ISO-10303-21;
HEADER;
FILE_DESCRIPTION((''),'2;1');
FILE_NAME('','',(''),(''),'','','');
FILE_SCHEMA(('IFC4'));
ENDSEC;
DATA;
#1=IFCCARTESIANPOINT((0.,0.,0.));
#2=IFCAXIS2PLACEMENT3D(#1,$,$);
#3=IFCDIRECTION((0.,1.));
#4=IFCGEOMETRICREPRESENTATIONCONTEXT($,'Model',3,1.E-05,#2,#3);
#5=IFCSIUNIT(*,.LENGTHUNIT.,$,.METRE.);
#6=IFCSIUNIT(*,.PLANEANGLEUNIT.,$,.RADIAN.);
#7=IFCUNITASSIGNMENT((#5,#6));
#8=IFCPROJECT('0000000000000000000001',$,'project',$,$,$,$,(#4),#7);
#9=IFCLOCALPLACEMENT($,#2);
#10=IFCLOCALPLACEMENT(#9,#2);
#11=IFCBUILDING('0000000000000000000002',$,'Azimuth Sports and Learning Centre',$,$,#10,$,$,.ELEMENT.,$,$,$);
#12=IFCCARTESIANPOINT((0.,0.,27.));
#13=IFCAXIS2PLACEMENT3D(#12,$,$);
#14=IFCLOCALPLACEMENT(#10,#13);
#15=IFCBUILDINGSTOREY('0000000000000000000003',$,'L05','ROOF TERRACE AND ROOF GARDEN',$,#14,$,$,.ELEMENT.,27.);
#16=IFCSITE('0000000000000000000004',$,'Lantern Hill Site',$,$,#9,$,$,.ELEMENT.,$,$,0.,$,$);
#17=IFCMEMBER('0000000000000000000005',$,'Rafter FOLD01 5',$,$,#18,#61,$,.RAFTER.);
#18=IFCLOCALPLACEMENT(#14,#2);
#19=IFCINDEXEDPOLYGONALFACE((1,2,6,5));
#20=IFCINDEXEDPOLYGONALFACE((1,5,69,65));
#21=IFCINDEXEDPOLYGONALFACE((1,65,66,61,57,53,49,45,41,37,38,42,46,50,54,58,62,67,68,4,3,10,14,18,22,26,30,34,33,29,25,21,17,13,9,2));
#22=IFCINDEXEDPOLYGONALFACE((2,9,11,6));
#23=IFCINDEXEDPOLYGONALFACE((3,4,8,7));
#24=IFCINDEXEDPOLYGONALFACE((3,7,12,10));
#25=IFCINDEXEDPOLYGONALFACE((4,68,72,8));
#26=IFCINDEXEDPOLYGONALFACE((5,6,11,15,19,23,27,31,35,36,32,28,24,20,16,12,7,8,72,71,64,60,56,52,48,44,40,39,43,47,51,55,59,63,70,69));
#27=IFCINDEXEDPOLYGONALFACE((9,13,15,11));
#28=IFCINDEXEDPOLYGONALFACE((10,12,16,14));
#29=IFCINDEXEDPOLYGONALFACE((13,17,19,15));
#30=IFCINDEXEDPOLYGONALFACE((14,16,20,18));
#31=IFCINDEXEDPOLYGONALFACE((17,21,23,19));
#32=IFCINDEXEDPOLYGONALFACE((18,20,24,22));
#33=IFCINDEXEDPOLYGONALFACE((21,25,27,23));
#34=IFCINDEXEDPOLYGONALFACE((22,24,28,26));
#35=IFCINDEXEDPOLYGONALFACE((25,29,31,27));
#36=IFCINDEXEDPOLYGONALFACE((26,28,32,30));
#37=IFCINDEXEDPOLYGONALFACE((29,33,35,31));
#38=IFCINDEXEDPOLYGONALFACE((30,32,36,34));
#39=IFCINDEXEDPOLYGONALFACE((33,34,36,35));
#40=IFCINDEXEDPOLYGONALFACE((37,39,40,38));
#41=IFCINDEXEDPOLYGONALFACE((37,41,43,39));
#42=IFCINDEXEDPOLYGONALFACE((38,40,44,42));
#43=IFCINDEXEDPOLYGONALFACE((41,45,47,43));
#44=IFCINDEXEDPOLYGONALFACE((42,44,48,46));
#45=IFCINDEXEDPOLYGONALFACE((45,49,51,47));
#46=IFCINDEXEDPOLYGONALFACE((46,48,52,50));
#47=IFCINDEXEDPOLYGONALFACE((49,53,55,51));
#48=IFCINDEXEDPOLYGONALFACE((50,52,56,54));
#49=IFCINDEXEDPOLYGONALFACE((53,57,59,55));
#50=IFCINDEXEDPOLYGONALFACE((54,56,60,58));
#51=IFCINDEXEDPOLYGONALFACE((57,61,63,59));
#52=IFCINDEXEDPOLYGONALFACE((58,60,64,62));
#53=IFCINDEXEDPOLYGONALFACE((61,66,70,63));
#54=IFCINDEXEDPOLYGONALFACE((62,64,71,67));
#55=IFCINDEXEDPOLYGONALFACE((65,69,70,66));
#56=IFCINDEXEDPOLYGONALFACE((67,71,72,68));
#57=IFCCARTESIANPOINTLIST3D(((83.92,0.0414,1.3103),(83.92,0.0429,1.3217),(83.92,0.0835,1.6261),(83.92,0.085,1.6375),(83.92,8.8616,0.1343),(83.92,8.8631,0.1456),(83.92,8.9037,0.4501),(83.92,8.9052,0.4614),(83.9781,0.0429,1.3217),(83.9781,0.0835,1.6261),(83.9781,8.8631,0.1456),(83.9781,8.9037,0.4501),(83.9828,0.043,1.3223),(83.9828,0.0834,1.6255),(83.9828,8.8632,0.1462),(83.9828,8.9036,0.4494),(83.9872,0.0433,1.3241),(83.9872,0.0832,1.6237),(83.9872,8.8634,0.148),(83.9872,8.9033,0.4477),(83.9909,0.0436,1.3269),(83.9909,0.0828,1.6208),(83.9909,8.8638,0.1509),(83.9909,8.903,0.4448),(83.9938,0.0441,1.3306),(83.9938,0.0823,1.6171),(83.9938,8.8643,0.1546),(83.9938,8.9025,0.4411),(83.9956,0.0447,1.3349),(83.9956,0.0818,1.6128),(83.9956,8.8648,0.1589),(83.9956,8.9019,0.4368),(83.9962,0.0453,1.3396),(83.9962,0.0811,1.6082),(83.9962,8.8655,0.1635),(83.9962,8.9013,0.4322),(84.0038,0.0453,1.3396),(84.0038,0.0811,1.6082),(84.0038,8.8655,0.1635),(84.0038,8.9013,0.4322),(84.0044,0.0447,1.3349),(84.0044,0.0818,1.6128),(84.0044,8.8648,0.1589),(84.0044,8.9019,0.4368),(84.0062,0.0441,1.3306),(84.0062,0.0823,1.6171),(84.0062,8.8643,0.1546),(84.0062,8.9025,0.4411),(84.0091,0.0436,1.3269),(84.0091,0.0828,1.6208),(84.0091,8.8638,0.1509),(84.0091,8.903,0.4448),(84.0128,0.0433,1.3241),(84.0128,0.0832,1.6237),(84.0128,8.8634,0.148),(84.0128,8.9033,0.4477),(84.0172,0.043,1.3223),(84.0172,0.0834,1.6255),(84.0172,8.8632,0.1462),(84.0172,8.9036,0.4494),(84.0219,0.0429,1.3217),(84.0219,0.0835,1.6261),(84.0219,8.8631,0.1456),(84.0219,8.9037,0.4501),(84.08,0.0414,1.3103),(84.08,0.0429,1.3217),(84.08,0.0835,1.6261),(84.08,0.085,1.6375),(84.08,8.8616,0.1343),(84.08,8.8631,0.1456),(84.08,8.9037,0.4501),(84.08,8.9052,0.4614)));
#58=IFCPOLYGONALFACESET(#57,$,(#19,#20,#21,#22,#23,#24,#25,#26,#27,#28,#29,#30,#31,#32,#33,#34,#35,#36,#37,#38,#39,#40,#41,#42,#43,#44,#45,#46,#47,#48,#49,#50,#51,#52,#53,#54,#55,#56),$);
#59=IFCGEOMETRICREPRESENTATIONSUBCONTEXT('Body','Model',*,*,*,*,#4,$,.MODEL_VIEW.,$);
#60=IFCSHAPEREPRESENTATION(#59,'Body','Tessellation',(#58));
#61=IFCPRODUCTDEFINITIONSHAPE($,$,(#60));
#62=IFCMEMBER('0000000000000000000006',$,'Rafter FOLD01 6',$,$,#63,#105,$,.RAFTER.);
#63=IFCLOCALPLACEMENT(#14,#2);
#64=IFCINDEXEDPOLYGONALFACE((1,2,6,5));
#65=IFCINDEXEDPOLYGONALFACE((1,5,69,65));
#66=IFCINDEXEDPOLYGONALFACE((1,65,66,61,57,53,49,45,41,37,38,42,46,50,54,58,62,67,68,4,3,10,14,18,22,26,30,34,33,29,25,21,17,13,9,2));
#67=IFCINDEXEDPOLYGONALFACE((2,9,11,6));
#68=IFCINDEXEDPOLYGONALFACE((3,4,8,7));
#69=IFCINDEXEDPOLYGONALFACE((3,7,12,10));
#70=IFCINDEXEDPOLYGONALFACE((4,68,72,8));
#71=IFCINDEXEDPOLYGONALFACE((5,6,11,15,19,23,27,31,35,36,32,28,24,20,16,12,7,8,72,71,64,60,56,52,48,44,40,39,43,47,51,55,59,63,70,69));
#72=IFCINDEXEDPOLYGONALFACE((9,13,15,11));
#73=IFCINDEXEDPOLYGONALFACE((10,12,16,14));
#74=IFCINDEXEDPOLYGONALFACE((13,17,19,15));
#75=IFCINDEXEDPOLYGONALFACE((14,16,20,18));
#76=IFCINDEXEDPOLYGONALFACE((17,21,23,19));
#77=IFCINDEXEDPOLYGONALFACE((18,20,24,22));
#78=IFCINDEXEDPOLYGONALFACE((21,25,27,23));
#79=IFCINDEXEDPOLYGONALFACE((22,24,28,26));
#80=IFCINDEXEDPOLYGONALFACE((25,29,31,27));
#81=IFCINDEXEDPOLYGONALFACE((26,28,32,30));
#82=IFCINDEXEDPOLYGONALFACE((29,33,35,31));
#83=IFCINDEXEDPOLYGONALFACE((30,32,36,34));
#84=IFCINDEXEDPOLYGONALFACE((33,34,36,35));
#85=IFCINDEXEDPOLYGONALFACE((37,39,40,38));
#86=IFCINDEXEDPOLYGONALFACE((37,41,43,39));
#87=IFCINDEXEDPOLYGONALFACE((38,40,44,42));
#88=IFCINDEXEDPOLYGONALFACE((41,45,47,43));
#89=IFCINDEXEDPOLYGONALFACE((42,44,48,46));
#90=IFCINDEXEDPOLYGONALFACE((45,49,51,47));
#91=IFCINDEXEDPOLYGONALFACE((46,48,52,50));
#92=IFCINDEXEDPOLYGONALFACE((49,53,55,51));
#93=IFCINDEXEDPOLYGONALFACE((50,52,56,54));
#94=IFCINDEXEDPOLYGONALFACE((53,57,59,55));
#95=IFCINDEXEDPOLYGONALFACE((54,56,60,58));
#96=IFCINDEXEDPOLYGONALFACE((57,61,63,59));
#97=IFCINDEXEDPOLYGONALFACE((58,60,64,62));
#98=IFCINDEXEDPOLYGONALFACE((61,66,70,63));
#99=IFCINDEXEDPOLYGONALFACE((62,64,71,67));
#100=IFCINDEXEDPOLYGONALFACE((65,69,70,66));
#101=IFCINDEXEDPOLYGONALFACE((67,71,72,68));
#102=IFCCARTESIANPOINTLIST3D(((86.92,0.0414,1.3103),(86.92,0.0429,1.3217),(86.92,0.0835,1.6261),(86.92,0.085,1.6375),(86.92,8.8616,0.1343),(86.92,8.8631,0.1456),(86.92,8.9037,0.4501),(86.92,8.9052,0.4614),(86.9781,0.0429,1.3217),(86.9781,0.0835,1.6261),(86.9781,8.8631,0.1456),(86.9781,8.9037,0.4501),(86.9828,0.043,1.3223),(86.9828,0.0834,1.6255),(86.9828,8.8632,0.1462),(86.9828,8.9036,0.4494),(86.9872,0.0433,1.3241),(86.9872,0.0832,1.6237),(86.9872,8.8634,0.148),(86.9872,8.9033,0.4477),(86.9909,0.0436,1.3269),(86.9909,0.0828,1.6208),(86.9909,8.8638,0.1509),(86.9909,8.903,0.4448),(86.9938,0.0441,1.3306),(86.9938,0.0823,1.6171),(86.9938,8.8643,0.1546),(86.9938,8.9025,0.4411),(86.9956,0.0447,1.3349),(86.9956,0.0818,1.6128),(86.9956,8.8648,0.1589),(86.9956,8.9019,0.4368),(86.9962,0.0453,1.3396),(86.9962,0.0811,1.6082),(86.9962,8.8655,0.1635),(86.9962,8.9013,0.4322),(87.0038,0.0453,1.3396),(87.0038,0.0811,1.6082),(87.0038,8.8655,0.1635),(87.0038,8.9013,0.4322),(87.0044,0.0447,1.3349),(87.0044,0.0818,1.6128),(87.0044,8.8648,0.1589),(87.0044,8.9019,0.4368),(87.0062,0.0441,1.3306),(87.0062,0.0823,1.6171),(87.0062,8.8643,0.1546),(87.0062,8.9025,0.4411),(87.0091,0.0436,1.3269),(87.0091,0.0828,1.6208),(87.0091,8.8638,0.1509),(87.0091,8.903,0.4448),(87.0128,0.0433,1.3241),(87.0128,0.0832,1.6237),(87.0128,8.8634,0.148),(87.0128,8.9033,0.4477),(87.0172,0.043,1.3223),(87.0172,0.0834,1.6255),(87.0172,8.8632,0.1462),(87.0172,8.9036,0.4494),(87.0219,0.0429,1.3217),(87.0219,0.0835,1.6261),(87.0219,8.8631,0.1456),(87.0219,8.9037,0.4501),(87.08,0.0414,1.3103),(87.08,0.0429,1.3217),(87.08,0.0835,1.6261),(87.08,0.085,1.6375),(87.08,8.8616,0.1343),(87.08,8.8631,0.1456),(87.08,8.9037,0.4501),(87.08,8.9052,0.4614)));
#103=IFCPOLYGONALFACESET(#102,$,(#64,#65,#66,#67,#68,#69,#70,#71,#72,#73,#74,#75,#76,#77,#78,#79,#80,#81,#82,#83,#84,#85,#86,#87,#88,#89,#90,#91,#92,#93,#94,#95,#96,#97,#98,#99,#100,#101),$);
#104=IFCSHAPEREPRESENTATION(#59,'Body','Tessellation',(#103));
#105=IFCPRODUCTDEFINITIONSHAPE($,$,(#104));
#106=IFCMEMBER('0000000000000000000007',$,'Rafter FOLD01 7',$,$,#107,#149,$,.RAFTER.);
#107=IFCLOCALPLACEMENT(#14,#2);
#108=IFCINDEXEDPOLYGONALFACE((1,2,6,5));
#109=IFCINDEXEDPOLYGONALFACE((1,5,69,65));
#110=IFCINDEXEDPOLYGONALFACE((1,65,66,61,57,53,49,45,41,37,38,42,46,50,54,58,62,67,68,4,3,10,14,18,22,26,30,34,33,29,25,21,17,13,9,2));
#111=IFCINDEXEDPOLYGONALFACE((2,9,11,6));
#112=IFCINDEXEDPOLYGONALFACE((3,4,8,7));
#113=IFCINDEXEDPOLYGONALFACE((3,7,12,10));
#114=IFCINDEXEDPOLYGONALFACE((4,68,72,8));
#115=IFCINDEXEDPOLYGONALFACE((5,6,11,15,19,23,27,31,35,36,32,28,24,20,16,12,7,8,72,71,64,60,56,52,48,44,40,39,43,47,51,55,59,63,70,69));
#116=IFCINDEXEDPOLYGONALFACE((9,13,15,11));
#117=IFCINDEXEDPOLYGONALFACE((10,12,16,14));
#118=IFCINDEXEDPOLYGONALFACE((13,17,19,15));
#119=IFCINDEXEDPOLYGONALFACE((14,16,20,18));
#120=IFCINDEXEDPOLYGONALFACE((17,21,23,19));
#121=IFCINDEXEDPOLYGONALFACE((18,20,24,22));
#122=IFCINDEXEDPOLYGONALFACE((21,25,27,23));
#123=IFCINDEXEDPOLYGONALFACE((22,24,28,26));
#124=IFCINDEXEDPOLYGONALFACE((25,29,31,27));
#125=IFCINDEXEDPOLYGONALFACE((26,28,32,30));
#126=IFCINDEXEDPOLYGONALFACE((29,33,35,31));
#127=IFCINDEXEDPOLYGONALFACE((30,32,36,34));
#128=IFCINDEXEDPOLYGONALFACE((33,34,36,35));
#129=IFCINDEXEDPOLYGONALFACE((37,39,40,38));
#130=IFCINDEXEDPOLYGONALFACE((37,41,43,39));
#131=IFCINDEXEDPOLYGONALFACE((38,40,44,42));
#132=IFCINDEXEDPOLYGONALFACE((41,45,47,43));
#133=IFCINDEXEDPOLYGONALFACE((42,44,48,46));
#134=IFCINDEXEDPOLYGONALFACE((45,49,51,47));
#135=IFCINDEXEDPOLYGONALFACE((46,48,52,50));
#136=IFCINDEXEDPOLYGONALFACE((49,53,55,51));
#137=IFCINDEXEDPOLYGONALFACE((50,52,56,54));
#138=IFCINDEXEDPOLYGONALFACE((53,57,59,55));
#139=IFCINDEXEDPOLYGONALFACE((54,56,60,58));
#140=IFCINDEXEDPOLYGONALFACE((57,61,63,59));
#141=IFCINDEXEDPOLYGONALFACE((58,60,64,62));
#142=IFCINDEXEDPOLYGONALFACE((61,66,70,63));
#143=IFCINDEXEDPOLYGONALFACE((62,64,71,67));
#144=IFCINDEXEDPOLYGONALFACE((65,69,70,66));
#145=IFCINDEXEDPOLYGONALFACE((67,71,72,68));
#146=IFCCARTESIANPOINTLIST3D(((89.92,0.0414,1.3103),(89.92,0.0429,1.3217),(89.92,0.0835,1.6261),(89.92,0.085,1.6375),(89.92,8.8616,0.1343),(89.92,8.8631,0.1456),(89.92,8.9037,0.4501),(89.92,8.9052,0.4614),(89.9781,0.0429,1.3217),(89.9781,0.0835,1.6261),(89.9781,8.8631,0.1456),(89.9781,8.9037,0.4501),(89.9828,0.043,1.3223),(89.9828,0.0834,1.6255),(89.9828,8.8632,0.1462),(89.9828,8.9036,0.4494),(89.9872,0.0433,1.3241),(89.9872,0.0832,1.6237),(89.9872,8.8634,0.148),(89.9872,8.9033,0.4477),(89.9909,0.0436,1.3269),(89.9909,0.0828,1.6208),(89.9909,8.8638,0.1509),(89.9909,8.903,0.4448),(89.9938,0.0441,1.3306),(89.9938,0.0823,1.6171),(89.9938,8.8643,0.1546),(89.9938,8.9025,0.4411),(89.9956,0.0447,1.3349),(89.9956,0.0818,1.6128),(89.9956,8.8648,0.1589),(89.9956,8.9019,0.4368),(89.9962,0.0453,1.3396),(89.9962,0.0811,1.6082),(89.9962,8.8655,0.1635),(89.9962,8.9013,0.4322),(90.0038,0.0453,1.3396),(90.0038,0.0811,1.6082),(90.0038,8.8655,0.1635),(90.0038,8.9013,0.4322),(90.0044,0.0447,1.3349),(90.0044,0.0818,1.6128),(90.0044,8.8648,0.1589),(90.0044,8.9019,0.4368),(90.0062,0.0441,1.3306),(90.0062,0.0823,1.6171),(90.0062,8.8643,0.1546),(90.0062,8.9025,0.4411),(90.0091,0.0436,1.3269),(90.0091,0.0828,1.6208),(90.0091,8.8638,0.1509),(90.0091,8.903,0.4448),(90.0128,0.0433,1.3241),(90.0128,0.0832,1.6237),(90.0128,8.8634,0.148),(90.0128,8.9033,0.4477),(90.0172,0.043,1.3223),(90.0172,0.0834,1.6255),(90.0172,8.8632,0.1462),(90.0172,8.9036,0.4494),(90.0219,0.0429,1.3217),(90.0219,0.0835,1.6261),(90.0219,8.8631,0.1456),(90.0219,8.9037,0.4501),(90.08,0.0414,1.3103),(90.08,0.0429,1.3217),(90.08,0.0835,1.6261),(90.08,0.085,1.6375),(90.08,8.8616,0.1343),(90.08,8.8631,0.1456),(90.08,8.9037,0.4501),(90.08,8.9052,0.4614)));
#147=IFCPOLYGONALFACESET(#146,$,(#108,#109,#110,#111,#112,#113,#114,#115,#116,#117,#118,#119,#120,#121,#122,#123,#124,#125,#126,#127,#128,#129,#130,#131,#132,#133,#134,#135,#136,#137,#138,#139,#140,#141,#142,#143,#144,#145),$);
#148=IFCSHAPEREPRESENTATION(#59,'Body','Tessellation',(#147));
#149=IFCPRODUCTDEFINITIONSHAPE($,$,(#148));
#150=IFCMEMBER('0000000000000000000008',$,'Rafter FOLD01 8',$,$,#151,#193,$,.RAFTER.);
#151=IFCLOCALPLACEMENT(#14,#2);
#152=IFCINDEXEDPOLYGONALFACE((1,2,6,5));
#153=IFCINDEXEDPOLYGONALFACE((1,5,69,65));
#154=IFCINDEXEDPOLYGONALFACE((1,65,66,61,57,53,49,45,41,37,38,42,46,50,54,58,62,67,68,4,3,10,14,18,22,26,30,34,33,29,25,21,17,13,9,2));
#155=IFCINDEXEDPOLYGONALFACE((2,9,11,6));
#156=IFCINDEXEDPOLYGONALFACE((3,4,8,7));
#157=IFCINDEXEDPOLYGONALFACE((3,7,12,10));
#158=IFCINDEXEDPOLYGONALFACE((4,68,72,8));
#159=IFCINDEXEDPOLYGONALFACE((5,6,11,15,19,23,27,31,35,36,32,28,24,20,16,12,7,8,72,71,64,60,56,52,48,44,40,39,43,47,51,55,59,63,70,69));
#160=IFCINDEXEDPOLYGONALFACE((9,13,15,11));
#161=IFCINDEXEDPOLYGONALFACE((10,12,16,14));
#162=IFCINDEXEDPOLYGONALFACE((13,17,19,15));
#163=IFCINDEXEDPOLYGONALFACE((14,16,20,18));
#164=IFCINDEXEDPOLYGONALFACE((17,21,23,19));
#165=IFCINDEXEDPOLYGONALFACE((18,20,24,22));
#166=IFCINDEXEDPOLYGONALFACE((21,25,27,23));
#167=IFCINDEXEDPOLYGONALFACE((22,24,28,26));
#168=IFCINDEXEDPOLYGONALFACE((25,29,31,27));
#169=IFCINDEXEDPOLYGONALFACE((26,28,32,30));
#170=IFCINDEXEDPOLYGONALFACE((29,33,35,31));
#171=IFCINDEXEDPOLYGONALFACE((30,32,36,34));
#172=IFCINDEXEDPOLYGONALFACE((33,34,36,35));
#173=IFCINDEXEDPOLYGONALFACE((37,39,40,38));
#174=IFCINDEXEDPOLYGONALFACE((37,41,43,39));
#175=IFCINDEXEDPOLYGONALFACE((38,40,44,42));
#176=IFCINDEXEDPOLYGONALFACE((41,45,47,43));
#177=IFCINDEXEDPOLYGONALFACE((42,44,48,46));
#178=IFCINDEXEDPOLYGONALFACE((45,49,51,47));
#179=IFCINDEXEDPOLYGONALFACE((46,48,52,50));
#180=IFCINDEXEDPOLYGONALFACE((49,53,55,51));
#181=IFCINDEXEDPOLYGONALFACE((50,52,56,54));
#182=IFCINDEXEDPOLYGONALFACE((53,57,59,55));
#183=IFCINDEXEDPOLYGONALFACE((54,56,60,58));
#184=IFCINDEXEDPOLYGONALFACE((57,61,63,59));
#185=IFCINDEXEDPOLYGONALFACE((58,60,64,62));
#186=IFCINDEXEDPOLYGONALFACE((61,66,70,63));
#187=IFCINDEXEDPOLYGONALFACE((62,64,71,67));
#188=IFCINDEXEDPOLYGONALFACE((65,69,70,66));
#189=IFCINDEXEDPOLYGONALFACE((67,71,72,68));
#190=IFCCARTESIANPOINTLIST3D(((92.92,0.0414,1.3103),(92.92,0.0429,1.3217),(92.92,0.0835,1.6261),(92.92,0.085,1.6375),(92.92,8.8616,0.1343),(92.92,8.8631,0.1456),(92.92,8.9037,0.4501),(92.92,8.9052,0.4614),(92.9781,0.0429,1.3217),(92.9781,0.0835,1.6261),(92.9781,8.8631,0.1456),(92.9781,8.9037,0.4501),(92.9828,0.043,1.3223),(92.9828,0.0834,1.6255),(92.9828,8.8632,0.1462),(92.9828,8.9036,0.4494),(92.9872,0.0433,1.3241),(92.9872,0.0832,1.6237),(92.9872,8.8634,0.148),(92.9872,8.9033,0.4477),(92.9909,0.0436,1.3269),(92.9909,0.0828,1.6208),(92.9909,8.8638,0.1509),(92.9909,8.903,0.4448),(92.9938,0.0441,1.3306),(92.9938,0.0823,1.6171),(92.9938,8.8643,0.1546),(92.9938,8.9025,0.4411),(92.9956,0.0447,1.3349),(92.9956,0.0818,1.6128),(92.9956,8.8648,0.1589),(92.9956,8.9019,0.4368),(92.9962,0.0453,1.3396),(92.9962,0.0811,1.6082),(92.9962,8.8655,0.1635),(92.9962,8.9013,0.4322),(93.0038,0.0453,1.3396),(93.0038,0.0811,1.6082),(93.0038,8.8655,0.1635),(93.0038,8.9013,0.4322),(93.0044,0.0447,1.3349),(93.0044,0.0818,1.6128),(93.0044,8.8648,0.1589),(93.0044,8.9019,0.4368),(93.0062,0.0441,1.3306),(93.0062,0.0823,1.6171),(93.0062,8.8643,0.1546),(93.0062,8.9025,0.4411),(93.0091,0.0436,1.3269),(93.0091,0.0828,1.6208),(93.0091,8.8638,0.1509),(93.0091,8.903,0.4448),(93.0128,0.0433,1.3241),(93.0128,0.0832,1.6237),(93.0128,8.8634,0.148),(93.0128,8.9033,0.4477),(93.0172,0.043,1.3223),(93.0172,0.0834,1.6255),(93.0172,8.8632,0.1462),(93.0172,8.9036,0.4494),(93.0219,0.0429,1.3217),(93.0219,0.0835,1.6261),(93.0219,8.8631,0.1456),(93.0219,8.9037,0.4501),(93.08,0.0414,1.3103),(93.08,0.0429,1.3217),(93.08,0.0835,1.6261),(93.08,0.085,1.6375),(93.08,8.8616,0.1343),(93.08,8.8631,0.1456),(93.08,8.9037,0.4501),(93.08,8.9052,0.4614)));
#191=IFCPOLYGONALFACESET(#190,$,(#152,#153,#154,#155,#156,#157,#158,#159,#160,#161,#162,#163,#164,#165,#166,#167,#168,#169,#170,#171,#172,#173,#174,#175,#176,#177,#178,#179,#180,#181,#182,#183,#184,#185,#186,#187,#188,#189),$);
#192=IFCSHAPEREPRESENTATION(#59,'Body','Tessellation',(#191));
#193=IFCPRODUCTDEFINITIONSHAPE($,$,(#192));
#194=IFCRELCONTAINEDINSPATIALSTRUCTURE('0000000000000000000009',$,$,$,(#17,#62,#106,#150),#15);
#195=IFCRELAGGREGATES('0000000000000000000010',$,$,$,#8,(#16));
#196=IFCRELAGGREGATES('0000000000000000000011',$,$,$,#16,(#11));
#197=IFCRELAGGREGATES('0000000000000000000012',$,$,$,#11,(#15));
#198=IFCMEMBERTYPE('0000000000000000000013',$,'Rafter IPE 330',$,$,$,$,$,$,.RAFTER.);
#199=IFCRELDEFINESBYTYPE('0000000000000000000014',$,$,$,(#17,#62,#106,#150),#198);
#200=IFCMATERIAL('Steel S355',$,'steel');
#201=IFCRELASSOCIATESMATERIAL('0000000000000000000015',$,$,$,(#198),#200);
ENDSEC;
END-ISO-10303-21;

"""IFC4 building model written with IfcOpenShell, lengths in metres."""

from ifc_helpers import new_model, si_unit, direction, frame, origin, origin_2d, place, context, subcontext, project, spatial, i_section, extrude, material, material_profile, profile_set, type_object, element, save


model = new_model("IFC4")

# Units and contexts
model_context = context("Model", 3, precision=1e-05, world=origin(), true_north=direction((0.0, 1.0)))
body_context = subcontext(model_context, "Body", "Model", "MODEL_VIEW")
ifc_project = project(units=[si_unit("LENGTHUNIT", "METRE"), si_unit("PLANEANGLEUNIT", "RADIAN")], contexts=[model_context])

# Site, building, storey
site_placement = place(None, origin())
site = spatial("IfcSite", under=ifc_project, at=site_placement, Name="Lantern Hill Site", CompositionType="ELEMENT", RefElevation=0.0)
building_placement = place(site_placement, origin())
building = spatial("IfcBuilding", under=site, at=building_placement, Name="Azimuth Sports and Learning Centre", CompositionType="ELEMENT")
storey_placement = place(building_placement, frame((0.0, 0.0, 27.0)))
storey = spatial("IfcBuildingStorey", under=building, at=storey_placement, Name="L05", Description="ROOF TERRACE AND ROOF GARDEN", CompositionType="ELEMENT", Elevation=27.0)

# Members
ifc_material_1 = material(Name="Steel S355", Category="steel")
ifc_material_profile_1 = material_profile(ifc_material_1, i_section(OverallWidth=0.1599, OverallDepth=0.3301, WebThickness=0.0076, FlangeThickness=0.0115, FilletRadius=0.0181, at=origin_2d()), Name="IPE 330")
ifc_profile_set_1 = profile_set([ifc_material_profile_1], Name="Steel S355")
member_type_1 = type_object("IfcMemberType", Name="Rafter IPE 330", PredefinedType="RAFTER", material=ifc_profile_set_1)
for number, where, z_axis, x_axis, name in (
    (1, (84.0, 0.0632, 1.4739), (0.0, 0.991228, -0.132166), (-1.0, 0.0, 0.0), "Rafter FOLD01 5"),
    (2, (87.0, 0.0632, 1.4739), (0.0, 0.991228, -0.132166), (-1.0, 0.0, 0.0), "Rafter FOLD01 6"),
    (3, (90.0, 0.0632, 1.4739), (0.0, 0.991228, -0.132166), (-1.0, 0.0, 0.0), "Rafter FOLD01 7"),
    (4, (93.0, 0.0632, 1.4739), (0.0, 0.991228, -0.132166), (-1.0, 0.0, 0.0), "Rafter FOLD01 8"),
):
    element("IfcMember", number, at=place(storey_placement, frame(where, z_axis=z_axis, x_axis=x_axis)), inside=storey, type_object=member_type_1, Name=name, PredefinedType="RAFTER", context=body_context, shape_type="SweptSolid", body=[
        extrude(i_section(OverallWidth=0.1599, OverallDepth=0.3301, WebThickness=0.0076, FlangeThickness=0.0115, FilletRadius=0.0181, at=origin_2d()), origin(), (0.0, 0.0, 1.0), 8.8982),
    ])

save(model, "model.ifc")
